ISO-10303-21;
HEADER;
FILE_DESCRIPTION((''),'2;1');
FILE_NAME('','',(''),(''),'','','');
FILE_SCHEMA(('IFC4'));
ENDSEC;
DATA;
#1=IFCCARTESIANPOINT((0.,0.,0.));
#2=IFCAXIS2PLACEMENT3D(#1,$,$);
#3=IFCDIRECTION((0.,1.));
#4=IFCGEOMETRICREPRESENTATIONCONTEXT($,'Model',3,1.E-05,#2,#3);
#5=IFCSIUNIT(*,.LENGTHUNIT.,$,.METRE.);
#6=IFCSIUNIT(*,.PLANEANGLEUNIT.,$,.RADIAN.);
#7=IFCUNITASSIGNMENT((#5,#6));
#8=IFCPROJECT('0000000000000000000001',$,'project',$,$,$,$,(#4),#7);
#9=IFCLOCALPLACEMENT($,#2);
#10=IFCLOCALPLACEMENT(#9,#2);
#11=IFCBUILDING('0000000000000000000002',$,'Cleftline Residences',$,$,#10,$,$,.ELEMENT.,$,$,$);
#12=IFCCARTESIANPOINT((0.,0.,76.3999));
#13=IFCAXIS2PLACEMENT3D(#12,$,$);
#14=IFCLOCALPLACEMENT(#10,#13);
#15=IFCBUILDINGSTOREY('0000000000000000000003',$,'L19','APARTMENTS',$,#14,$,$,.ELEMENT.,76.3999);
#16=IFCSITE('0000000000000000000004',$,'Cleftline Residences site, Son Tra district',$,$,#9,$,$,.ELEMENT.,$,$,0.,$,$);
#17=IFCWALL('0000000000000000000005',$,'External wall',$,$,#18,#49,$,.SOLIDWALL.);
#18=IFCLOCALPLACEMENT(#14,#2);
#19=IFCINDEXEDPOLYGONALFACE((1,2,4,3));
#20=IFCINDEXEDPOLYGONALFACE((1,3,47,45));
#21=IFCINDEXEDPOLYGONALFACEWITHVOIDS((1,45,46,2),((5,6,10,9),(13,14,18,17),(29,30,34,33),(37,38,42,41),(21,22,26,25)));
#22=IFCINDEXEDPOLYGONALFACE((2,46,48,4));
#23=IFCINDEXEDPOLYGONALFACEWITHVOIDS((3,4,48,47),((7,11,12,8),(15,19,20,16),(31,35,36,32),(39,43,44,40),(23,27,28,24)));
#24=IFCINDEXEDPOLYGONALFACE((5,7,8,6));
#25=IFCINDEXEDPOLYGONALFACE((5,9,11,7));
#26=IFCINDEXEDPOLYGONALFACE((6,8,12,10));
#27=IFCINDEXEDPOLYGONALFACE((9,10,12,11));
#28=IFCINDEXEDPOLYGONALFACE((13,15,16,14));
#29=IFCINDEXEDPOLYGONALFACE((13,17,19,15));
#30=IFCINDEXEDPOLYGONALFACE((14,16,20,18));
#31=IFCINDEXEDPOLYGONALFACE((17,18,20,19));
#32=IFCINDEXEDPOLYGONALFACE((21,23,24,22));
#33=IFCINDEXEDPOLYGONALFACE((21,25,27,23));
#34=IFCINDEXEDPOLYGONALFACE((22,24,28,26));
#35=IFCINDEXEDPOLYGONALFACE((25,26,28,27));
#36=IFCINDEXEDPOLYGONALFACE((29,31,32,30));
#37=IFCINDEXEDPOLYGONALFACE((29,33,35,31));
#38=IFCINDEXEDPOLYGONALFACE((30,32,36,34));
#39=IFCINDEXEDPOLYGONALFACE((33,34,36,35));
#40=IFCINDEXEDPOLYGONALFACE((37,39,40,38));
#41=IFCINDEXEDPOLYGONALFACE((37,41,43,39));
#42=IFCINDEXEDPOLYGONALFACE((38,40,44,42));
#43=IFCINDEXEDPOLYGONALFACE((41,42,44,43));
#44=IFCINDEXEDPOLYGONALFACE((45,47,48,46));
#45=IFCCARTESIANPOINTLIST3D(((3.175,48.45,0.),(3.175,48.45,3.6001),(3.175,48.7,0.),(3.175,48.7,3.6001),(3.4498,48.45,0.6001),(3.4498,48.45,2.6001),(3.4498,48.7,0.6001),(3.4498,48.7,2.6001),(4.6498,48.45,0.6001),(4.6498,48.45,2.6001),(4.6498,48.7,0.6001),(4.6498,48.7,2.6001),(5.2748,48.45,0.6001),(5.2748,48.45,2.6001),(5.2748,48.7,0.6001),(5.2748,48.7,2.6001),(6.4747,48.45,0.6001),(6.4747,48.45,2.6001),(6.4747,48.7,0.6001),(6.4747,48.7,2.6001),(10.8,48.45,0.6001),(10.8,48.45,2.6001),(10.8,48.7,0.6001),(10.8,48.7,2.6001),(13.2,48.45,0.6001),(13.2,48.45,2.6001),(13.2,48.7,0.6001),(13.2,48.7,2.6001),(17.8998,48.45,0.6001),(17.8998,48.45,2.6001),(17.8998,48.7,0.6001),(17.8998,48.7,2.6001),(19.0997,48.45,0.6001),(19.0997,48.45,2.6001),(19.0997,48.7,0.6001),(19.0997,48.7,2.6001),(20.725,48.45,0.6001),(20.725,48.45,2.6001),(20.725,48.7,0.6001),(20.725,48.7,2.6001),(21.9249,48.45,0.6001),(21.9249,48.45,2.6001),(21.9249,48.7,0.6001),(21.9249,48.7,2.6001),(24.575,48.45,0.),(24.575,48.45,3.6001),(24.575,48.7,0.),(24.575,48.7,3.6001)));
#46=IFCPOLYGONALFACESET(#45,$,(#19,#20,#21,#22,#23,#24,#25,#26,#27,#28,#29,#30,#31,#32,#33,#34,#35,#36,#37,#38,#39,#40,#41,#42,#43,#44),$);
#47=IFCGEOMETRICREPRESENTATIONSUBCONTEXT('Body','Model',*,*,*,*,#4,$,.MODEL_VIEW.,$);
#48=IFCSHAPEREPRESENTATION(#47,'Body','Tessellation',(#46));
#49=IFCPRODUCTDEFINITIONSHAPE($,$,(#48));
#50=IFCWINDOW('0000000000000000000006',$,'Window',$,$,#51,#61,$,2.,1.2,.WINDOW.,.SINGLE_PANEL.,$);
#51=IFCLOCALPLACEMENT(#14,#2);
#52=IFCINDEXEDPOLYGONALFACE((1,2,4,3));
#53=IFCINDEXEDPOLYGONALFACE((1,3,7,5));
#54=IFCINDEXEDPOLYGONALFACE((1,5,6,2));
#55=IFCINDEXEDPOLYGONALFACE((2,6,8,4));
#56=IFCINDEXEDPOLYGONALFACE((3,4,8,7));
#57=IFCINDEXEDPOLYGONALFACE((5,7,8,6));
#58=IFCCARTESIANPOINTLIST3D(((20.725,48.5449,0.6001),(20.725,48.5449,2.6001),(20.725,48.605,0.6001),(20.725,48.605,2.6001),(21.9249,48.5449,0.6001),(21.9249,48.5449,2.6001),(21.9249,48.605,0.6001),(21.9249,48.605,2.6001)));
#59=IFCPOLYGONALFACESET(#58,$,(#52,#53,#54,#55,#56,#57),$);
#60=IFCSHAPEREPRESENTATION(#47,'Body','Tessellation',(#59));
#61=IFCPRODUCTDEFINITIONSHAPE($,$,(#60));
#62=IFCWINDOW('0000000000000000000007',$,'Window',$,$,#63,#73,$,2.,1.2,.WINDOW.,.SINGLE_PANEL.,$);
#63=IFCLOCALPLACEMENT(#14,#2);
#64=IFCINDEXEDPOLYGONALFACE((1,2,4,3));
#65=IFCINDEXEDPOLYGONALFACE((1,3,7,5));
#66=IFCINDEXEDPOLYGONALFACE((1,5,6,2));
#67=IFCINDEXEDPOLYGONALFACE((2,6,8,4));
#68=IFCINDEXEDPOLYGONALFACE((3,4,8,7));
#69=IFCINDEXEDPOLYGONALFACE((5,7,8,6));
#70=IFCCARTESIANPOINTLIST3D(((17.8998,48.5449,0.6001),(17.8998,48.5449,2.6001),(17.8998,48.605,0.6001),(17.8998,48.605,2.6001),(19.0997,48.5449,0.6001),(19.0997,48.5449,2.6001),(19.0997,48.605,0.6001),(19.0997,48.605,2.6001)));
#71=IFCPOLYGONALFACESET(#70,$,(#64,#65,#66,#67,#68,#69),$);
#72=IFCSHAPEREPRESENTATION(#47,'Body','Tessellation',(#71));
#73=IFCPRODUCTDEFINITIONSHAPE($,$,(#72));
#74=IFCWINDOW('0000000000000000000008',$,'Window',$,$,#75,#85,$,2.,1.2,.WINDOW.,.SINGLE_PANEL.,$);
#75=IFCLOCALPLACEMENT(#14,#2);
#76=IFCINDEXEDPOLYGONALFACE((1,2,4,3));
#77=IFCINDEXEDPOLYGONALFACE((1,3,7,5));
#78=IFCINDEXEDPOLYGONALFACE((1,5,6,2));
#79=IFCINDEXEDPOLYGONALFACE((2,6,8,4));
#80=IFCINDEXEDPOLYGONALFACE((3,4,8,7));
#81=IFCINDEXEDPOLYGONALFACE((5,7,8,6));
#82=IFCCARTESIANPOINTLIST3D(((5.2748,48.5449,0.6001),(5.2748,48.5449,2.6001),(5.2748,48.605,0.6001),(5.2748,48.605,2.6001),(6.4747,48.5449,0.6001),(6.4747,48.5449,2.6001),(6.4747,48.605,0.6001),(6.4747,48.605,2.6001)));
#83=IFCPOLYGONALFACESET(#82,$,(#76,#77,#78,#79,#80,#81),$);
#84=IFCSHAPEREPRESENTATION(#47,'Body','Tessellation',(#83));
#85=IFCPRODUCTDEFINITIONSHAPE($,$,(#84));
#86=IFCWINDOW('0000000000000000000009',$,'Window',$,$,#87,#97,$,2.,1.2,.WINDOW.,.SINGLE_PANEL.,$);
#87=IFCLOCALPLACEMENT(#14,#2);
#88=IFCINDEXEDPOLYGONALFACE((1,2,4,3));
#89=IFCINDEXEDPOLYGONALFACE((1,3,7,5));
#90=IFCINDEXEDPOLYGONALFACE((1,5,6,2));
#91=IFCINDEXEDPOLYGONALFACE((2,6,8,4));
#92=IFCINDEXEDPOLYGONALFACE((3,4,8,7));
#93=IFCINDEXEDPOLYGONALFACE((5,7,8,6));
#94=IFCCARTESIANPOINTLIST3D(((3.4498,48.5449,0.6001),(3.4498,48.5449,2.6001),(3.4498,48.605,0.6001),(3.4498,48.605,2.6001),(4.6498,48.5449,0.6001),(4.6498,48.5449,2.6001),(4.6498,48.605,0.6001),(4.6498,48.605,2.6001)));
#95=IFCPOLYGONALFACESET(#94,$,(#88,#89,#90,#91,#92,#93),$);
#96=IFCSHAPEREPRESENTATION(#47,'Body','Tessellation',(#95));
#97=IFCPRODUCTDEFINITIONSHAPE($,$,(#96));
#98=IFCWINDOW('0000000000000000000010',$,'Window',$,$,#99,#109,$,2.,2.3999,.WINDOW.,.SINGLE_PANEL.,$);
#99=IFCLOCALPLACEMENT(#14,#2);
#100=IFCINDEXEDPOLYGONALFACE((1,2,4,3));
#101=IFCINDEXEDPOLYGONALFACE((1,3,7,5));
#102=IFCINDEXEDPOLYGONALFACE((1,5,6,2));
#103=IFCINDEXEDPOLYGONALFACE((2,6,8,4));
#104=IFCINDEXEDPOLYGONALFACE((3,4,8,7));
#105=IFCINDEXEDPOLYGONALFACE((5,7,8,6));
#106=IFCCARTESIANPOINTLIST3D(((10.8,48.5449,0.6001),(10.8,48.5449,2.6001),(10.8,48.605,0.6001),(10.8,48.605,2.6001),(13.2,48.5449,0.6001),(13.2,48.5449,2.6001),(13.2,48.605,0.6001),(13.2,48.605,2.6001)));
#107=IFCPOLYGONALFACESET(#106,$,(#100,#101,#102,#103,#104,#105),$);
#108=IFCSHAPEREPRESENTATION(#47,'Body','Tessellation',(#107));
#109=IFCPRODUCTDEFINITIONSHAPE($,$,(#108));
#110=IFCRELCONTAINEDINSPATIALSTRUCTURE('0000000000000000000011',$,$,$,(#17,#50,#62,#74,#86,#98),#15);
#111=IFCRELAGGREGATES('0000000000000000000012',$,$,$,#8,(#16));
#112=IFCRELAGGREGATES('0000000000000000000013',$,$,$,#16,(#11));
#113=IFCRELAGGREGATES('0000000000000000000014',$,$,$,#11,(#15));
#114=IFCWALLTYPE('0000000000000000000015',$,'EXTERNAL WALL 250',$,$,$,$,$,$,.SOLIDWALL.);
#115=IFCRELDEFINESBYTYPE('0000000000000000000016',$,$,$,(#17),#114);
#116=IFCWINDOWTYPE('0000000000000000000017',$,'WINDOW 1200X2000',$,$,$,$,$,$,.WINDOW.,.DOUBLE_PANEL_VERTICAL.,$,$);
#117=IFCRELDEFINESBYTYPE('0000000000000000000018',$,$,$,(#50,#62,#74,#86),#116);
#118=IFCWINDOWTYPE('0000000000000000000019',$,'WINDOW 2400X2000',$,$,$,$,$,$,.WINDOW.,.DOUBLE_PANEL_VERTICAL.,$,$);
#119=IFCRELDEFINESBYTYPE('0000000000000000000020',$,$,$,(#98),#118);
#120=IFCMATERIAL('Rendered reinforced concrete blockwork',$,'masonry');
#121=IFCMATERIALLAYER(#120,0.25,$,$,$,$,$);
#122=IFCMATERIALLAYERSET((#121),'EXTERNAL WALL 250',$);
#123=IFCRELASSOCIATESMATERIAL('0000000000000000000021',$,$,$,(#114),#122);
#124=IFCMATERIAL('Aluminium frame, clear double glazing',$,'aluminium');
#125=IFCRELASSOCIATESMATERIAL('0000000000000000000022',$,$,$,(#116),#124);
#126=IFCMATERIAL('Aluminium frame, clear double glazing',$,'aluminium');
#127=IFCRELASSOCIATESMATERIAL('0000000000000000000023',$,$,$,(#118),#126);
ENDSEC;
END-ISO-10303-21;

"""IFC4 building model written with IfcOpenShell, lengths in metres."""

from ifc_helpers import new_model, si_unit, direction, frame, frame_2d, origin, place, context, subcontext, project, spatial, rectangle, extrude, material, layer, layer_set, type_object, element, fill, save


model = new_model("IFC4")

# Units and contexts
model_context = context("Model", 3, precision=1e-05, world=origin(), true_north=direction((0.0, 1.0)))
body_context = subcontext(model_context, "Body", "Model", "MODEL_VIEW")
ifc_project = project(units=[si_unit("LENGTHUNIT", "METRE"), si_unit("PLANEANGLEUNIT", "RADIAN")], contexts=[model_context])

# Site, building, storey
site_placement = place(None, origin())
site = spatial("IfcSite", under=ifc_project, at=site_placement, Name="Cleftline Residences site, Son Tra district", CompositionType="ELEMENT", RefElevation=0.0)
building_placement = place(site_placement, origin())
building = spatial("IfcBuilding", under=site, at=building_placement, Name="Cleftline Residences", CompositionType="ELEMENT")
storey_placement = place(building_placement, frame((0.0, 0.0, 76.3999)))
storey = spatial("IfcBuildingStorey", under=building, at=storey_placement, Name="L19", Description="APARTMENTS", CompositionType="ELEMENT", Elevation=76.3999)

# Wall, openings, windows
ifc_material_1 = material(Name="Rendered reinforced concrete blockwork", Category="masonry")
ifc_layer_1 = layer(ifc_material_1, 0.25)
ifc_layer_set_1 = layer_set([ifc_layer_1], Name="EXTERNAL WALL 250")
wall_type = type_object("IfcWallType", Name="EXTERNAL WALL 250", PredefinedType="SOLIDWALL", material=ifc_layer_set_1)
wall_placement = place(storey_placement, frame((24.575, 48.575, 0.0), z_axis=(0.0, 0.0, 1.0), x_axis=(-1.0, 0.0, 0.0)))
wall = element("IfcWall", 1, at=wall_placement, inside=storey, type_object=wall_type, Name="External wall", PredefinedType="SOLIDWALL", context=body_context, shape_type="SweptSolid", body=[
    extrude(rectangle(XDim=21.3999, YDim=0.25, at=frame_2d((10.7, 0.0))), origin(), (0.0, 0.0, 1.0), 3.6001),
])
opening_1_placement = place(wall_placement, frame((2.6499, 0.0, 0.6001)))
opening_1 = element("IfcOpeningElement", 2, at=opening_1_placement, cuts=wall, PredefinedType="OPENING", context=body_context, shape_type="SweptSolid", body=[
    extrude(rectangle(XDim=1.2, YDim=2.0, at=frame_2d((0.6001, 1.0))), frame((0.0, 0.135, 0.0), z_axis=(0.0, -1.0, 0.0), x_axis=(1.0, 0.0, 0.0)), (0.0, 0.0, 1.0), 0.27),
])
opening_2_placement = place(wall_placement, frame((5.4751, 0.0, 0.6001)))
opening_2 = element("IfcOpeningElement", 3, at=opening_2_placement, cuts=wall, PredefinedType="OPENING", context=body_context, shape_type="SweptSolid", body=[
    extrude(rectangle(XDim=1.2, YDim=2.0, at=frame_2d((0.6001, 1.0))), frame((0.0, 0.135, 0.0), z_axis=(0.0, -1.0, 0.0), x_axis=(1.0, 0.0, 0.0)), (0.0, 0.0, 1.0), 0.27),
])
opening_3_placement = place(wall_placement, frame((11.375, 0.0, 0.6001)))
opening_3 = element("IfcOpeningElement", 4, at=opening_3_placement, cuts=wall, PredefinedType="OPENING", context=body_context, shape_type="SweptSolid", body=[
    extrude(rectangle(XDim=2.3999, YDim=2.0, at=frame_2d((1.2, 1.0))), frame((0.0, 0.135, 0.0), z_axis=(0.0, -1.0, 0.0), x_axis=(1.0, 0.0, 0.0)), (0.0, 0.0, 1.0), 0.27),
])
opening_4_placement = place(wall_placement, frame((18.1001, 0.0, 0.6001)))
opening_4 = element("IfcOpeningElement", 5, at=opening_4_placement, cuts=wall, PredefinedType="OPENING", context=body_context, shape_type="SweptSolid", body=[
    extrude(rectangle(XDim=1.2, YDim=2.0, at=frame_2d((0.6001, 1.0))), frame((0.0, 0.135, 0.0), z_axis=(0.0, -1.0, 0.0), x_axis=(1.0, 0.0, 0.0)), (0.0, 0.0, 1.0), 0.27),
])
opening_5_placement = place(wall_placement, frame((19.925, 0.0, 0.6001)))
opening_5 = element("IfcOpeningElement", 6, at=opening_5_placement, cuts=wall, PredefinedType="OPENING", context=body_context, shape_type="SweptSolid", body=[
    extrude(rectangle(XDim=1.2, YDim=2.0, at=frame_2d((0.6001, 1.0))), frame((0.0, 0.135, 0.0), z_axis=(0.0, -1.0, 0.0), x_axis=(1.0, 0.0, 0.0)), (0.0, 0.0, 1.0), 0.27),
])
ifc_material_2 = material(Name="Aluminium frame, clear double glazing", Category="aluminium")
window_type_1 = type_object("IfcWindowType", Name="WINDOW 1200X2000", PartitioningType="DOUBLE_PANEL_VERTICAL", PredefinedType="WINDOW", material=ifc_material_2)
window_1_placement = place(opening_1_placement, origin())
window_1 = element("IfcWindow", 7, at=window_1_placement, inside=storey, type_object=window_type_1, Name="Window", OverallHeight=2.0, OverallWidth=1.2, PartitioningType="SINGLE_PANEL", PredefinedType="WINDOW", context=body_context, shape_type="SweptSolid", body=[
    extrude(rectangle(XDim=1.2, YDim=2.0, at=frame_2d((0.6001, 1.0))), frame((0.0, 0.03, 0.0), z_axis=(0.0, -1.0, 0.0), x_axis=(1.0, 0.0, 0.0)), (0.0, 0.0, 1.0), 0.0601),
])
fill(opening_1, window_1)
window_2_placement = place(opening_2_placement, origin())
window_2 = element("IfcWindow", 8, at=window_2_placement, inside=storey, type_object=window_type_1, Name="Window", OverallHeight=2.0, OverallWidth=1.2, PartitioningType="SINGLE_PANEL", PredefinedType="WINDOW", context=body_context, shape_type="SweptSolid", body=[
    extrude(rectangle(XDim=1.2, YDim=2.0, at=frame_2d((0.6001, 1.0))), frame((0.0, 0.03, 0.0), z_axis=(0.0, -1.0, 0.0), x_axis=(1.0, 0.0, 0.0)), (0.0, 0.0, 1.0), 0.0601),
])
fill(opening_2, window_2)
window_3_placement = place(opening_4_placement, origin())
window_3 = element("IfcWindow", 9, at=window_3_placement, inside=storey, type_object=window_type_1, Name="Window", OverallHeight=2.0, OverallWidth=1.2, PartitioningType="SINGLE_PANEL", PredefinedType="WINDOW", context=body_context, shape_type="SweptSolid", body=[
    extrude(rectangle(XDim=1.2, YDim=2.0, at=frame_2d((0.6001, 1.0))), frame((0.0, 0.03, 0.0), z_axis=(0.0, -1.0, 0.0), x_axis=(1.0, 0.0, 0.0)), (0.0, 0.0, 1.0), 0.0601),
])
fill(opening_4, window_3)
window_4_placement = place(opening_5_placement, origin())
window_4 = element("IfcWindow", 10, at=window_4_placement, inside=storey, type_object=window_type_1, Name="Window", OverallHeight=2.0, OverallWidth=1.2, PartitioningType="SINGLE_PANEL", PredefinedType="WINDOW", context=body_context, shape_type="SweptSolid", body=[
    extrude(rectangle(XDim=1.2, YDim=2.0, at=frame_2d((0.6001, 1.0))), frame((0.0, 0.03, 0.0), z_axis=(0.0, -1.0, 0.0), x_axis=(1.0, 0.0, 0.0)), (0.0, 0.0, 1.0), 0.0601),
])
fill(opening_5, window_4)
ifc_material_3 = material(Name="Aluminium frame, clear double glazing", Category="aluminium")
window_type_2 = type_object("IfcWindowType", Name="WINDOW 2400X2000", PartitioningType="DOUBLE_PANEL_VERTICAL", PredefinedType="WINDOW", material=ifc_material_3)
window_5_placement = place(opening_3_placement, origin())
window_5 = element("IfcWindow", 11, at=window_5_placement, inside=storey, type_object=window_type_2, Name="Window", OverallHeight=2.0, OverallWidth=2.3999, PartitioningType="SINGLE_PANEL", PredefinedType="WINDOW", context=body_context, shape_type="SweptSolid", body=[
    extrude(rectangle(XDim=2.3999, YDim=2.0, at=frame_2d((1.2, 1.0))), frame((0.0, 0.03, 0.0), z_axis=(0.0, -1.0, 0.0), x_axis=(1.0, 0.0, 0.0)), (0.0, 0.0, 1.0), 0.0601),
])
fill(opening_3, window_5)

save(model, "model.ifc")
